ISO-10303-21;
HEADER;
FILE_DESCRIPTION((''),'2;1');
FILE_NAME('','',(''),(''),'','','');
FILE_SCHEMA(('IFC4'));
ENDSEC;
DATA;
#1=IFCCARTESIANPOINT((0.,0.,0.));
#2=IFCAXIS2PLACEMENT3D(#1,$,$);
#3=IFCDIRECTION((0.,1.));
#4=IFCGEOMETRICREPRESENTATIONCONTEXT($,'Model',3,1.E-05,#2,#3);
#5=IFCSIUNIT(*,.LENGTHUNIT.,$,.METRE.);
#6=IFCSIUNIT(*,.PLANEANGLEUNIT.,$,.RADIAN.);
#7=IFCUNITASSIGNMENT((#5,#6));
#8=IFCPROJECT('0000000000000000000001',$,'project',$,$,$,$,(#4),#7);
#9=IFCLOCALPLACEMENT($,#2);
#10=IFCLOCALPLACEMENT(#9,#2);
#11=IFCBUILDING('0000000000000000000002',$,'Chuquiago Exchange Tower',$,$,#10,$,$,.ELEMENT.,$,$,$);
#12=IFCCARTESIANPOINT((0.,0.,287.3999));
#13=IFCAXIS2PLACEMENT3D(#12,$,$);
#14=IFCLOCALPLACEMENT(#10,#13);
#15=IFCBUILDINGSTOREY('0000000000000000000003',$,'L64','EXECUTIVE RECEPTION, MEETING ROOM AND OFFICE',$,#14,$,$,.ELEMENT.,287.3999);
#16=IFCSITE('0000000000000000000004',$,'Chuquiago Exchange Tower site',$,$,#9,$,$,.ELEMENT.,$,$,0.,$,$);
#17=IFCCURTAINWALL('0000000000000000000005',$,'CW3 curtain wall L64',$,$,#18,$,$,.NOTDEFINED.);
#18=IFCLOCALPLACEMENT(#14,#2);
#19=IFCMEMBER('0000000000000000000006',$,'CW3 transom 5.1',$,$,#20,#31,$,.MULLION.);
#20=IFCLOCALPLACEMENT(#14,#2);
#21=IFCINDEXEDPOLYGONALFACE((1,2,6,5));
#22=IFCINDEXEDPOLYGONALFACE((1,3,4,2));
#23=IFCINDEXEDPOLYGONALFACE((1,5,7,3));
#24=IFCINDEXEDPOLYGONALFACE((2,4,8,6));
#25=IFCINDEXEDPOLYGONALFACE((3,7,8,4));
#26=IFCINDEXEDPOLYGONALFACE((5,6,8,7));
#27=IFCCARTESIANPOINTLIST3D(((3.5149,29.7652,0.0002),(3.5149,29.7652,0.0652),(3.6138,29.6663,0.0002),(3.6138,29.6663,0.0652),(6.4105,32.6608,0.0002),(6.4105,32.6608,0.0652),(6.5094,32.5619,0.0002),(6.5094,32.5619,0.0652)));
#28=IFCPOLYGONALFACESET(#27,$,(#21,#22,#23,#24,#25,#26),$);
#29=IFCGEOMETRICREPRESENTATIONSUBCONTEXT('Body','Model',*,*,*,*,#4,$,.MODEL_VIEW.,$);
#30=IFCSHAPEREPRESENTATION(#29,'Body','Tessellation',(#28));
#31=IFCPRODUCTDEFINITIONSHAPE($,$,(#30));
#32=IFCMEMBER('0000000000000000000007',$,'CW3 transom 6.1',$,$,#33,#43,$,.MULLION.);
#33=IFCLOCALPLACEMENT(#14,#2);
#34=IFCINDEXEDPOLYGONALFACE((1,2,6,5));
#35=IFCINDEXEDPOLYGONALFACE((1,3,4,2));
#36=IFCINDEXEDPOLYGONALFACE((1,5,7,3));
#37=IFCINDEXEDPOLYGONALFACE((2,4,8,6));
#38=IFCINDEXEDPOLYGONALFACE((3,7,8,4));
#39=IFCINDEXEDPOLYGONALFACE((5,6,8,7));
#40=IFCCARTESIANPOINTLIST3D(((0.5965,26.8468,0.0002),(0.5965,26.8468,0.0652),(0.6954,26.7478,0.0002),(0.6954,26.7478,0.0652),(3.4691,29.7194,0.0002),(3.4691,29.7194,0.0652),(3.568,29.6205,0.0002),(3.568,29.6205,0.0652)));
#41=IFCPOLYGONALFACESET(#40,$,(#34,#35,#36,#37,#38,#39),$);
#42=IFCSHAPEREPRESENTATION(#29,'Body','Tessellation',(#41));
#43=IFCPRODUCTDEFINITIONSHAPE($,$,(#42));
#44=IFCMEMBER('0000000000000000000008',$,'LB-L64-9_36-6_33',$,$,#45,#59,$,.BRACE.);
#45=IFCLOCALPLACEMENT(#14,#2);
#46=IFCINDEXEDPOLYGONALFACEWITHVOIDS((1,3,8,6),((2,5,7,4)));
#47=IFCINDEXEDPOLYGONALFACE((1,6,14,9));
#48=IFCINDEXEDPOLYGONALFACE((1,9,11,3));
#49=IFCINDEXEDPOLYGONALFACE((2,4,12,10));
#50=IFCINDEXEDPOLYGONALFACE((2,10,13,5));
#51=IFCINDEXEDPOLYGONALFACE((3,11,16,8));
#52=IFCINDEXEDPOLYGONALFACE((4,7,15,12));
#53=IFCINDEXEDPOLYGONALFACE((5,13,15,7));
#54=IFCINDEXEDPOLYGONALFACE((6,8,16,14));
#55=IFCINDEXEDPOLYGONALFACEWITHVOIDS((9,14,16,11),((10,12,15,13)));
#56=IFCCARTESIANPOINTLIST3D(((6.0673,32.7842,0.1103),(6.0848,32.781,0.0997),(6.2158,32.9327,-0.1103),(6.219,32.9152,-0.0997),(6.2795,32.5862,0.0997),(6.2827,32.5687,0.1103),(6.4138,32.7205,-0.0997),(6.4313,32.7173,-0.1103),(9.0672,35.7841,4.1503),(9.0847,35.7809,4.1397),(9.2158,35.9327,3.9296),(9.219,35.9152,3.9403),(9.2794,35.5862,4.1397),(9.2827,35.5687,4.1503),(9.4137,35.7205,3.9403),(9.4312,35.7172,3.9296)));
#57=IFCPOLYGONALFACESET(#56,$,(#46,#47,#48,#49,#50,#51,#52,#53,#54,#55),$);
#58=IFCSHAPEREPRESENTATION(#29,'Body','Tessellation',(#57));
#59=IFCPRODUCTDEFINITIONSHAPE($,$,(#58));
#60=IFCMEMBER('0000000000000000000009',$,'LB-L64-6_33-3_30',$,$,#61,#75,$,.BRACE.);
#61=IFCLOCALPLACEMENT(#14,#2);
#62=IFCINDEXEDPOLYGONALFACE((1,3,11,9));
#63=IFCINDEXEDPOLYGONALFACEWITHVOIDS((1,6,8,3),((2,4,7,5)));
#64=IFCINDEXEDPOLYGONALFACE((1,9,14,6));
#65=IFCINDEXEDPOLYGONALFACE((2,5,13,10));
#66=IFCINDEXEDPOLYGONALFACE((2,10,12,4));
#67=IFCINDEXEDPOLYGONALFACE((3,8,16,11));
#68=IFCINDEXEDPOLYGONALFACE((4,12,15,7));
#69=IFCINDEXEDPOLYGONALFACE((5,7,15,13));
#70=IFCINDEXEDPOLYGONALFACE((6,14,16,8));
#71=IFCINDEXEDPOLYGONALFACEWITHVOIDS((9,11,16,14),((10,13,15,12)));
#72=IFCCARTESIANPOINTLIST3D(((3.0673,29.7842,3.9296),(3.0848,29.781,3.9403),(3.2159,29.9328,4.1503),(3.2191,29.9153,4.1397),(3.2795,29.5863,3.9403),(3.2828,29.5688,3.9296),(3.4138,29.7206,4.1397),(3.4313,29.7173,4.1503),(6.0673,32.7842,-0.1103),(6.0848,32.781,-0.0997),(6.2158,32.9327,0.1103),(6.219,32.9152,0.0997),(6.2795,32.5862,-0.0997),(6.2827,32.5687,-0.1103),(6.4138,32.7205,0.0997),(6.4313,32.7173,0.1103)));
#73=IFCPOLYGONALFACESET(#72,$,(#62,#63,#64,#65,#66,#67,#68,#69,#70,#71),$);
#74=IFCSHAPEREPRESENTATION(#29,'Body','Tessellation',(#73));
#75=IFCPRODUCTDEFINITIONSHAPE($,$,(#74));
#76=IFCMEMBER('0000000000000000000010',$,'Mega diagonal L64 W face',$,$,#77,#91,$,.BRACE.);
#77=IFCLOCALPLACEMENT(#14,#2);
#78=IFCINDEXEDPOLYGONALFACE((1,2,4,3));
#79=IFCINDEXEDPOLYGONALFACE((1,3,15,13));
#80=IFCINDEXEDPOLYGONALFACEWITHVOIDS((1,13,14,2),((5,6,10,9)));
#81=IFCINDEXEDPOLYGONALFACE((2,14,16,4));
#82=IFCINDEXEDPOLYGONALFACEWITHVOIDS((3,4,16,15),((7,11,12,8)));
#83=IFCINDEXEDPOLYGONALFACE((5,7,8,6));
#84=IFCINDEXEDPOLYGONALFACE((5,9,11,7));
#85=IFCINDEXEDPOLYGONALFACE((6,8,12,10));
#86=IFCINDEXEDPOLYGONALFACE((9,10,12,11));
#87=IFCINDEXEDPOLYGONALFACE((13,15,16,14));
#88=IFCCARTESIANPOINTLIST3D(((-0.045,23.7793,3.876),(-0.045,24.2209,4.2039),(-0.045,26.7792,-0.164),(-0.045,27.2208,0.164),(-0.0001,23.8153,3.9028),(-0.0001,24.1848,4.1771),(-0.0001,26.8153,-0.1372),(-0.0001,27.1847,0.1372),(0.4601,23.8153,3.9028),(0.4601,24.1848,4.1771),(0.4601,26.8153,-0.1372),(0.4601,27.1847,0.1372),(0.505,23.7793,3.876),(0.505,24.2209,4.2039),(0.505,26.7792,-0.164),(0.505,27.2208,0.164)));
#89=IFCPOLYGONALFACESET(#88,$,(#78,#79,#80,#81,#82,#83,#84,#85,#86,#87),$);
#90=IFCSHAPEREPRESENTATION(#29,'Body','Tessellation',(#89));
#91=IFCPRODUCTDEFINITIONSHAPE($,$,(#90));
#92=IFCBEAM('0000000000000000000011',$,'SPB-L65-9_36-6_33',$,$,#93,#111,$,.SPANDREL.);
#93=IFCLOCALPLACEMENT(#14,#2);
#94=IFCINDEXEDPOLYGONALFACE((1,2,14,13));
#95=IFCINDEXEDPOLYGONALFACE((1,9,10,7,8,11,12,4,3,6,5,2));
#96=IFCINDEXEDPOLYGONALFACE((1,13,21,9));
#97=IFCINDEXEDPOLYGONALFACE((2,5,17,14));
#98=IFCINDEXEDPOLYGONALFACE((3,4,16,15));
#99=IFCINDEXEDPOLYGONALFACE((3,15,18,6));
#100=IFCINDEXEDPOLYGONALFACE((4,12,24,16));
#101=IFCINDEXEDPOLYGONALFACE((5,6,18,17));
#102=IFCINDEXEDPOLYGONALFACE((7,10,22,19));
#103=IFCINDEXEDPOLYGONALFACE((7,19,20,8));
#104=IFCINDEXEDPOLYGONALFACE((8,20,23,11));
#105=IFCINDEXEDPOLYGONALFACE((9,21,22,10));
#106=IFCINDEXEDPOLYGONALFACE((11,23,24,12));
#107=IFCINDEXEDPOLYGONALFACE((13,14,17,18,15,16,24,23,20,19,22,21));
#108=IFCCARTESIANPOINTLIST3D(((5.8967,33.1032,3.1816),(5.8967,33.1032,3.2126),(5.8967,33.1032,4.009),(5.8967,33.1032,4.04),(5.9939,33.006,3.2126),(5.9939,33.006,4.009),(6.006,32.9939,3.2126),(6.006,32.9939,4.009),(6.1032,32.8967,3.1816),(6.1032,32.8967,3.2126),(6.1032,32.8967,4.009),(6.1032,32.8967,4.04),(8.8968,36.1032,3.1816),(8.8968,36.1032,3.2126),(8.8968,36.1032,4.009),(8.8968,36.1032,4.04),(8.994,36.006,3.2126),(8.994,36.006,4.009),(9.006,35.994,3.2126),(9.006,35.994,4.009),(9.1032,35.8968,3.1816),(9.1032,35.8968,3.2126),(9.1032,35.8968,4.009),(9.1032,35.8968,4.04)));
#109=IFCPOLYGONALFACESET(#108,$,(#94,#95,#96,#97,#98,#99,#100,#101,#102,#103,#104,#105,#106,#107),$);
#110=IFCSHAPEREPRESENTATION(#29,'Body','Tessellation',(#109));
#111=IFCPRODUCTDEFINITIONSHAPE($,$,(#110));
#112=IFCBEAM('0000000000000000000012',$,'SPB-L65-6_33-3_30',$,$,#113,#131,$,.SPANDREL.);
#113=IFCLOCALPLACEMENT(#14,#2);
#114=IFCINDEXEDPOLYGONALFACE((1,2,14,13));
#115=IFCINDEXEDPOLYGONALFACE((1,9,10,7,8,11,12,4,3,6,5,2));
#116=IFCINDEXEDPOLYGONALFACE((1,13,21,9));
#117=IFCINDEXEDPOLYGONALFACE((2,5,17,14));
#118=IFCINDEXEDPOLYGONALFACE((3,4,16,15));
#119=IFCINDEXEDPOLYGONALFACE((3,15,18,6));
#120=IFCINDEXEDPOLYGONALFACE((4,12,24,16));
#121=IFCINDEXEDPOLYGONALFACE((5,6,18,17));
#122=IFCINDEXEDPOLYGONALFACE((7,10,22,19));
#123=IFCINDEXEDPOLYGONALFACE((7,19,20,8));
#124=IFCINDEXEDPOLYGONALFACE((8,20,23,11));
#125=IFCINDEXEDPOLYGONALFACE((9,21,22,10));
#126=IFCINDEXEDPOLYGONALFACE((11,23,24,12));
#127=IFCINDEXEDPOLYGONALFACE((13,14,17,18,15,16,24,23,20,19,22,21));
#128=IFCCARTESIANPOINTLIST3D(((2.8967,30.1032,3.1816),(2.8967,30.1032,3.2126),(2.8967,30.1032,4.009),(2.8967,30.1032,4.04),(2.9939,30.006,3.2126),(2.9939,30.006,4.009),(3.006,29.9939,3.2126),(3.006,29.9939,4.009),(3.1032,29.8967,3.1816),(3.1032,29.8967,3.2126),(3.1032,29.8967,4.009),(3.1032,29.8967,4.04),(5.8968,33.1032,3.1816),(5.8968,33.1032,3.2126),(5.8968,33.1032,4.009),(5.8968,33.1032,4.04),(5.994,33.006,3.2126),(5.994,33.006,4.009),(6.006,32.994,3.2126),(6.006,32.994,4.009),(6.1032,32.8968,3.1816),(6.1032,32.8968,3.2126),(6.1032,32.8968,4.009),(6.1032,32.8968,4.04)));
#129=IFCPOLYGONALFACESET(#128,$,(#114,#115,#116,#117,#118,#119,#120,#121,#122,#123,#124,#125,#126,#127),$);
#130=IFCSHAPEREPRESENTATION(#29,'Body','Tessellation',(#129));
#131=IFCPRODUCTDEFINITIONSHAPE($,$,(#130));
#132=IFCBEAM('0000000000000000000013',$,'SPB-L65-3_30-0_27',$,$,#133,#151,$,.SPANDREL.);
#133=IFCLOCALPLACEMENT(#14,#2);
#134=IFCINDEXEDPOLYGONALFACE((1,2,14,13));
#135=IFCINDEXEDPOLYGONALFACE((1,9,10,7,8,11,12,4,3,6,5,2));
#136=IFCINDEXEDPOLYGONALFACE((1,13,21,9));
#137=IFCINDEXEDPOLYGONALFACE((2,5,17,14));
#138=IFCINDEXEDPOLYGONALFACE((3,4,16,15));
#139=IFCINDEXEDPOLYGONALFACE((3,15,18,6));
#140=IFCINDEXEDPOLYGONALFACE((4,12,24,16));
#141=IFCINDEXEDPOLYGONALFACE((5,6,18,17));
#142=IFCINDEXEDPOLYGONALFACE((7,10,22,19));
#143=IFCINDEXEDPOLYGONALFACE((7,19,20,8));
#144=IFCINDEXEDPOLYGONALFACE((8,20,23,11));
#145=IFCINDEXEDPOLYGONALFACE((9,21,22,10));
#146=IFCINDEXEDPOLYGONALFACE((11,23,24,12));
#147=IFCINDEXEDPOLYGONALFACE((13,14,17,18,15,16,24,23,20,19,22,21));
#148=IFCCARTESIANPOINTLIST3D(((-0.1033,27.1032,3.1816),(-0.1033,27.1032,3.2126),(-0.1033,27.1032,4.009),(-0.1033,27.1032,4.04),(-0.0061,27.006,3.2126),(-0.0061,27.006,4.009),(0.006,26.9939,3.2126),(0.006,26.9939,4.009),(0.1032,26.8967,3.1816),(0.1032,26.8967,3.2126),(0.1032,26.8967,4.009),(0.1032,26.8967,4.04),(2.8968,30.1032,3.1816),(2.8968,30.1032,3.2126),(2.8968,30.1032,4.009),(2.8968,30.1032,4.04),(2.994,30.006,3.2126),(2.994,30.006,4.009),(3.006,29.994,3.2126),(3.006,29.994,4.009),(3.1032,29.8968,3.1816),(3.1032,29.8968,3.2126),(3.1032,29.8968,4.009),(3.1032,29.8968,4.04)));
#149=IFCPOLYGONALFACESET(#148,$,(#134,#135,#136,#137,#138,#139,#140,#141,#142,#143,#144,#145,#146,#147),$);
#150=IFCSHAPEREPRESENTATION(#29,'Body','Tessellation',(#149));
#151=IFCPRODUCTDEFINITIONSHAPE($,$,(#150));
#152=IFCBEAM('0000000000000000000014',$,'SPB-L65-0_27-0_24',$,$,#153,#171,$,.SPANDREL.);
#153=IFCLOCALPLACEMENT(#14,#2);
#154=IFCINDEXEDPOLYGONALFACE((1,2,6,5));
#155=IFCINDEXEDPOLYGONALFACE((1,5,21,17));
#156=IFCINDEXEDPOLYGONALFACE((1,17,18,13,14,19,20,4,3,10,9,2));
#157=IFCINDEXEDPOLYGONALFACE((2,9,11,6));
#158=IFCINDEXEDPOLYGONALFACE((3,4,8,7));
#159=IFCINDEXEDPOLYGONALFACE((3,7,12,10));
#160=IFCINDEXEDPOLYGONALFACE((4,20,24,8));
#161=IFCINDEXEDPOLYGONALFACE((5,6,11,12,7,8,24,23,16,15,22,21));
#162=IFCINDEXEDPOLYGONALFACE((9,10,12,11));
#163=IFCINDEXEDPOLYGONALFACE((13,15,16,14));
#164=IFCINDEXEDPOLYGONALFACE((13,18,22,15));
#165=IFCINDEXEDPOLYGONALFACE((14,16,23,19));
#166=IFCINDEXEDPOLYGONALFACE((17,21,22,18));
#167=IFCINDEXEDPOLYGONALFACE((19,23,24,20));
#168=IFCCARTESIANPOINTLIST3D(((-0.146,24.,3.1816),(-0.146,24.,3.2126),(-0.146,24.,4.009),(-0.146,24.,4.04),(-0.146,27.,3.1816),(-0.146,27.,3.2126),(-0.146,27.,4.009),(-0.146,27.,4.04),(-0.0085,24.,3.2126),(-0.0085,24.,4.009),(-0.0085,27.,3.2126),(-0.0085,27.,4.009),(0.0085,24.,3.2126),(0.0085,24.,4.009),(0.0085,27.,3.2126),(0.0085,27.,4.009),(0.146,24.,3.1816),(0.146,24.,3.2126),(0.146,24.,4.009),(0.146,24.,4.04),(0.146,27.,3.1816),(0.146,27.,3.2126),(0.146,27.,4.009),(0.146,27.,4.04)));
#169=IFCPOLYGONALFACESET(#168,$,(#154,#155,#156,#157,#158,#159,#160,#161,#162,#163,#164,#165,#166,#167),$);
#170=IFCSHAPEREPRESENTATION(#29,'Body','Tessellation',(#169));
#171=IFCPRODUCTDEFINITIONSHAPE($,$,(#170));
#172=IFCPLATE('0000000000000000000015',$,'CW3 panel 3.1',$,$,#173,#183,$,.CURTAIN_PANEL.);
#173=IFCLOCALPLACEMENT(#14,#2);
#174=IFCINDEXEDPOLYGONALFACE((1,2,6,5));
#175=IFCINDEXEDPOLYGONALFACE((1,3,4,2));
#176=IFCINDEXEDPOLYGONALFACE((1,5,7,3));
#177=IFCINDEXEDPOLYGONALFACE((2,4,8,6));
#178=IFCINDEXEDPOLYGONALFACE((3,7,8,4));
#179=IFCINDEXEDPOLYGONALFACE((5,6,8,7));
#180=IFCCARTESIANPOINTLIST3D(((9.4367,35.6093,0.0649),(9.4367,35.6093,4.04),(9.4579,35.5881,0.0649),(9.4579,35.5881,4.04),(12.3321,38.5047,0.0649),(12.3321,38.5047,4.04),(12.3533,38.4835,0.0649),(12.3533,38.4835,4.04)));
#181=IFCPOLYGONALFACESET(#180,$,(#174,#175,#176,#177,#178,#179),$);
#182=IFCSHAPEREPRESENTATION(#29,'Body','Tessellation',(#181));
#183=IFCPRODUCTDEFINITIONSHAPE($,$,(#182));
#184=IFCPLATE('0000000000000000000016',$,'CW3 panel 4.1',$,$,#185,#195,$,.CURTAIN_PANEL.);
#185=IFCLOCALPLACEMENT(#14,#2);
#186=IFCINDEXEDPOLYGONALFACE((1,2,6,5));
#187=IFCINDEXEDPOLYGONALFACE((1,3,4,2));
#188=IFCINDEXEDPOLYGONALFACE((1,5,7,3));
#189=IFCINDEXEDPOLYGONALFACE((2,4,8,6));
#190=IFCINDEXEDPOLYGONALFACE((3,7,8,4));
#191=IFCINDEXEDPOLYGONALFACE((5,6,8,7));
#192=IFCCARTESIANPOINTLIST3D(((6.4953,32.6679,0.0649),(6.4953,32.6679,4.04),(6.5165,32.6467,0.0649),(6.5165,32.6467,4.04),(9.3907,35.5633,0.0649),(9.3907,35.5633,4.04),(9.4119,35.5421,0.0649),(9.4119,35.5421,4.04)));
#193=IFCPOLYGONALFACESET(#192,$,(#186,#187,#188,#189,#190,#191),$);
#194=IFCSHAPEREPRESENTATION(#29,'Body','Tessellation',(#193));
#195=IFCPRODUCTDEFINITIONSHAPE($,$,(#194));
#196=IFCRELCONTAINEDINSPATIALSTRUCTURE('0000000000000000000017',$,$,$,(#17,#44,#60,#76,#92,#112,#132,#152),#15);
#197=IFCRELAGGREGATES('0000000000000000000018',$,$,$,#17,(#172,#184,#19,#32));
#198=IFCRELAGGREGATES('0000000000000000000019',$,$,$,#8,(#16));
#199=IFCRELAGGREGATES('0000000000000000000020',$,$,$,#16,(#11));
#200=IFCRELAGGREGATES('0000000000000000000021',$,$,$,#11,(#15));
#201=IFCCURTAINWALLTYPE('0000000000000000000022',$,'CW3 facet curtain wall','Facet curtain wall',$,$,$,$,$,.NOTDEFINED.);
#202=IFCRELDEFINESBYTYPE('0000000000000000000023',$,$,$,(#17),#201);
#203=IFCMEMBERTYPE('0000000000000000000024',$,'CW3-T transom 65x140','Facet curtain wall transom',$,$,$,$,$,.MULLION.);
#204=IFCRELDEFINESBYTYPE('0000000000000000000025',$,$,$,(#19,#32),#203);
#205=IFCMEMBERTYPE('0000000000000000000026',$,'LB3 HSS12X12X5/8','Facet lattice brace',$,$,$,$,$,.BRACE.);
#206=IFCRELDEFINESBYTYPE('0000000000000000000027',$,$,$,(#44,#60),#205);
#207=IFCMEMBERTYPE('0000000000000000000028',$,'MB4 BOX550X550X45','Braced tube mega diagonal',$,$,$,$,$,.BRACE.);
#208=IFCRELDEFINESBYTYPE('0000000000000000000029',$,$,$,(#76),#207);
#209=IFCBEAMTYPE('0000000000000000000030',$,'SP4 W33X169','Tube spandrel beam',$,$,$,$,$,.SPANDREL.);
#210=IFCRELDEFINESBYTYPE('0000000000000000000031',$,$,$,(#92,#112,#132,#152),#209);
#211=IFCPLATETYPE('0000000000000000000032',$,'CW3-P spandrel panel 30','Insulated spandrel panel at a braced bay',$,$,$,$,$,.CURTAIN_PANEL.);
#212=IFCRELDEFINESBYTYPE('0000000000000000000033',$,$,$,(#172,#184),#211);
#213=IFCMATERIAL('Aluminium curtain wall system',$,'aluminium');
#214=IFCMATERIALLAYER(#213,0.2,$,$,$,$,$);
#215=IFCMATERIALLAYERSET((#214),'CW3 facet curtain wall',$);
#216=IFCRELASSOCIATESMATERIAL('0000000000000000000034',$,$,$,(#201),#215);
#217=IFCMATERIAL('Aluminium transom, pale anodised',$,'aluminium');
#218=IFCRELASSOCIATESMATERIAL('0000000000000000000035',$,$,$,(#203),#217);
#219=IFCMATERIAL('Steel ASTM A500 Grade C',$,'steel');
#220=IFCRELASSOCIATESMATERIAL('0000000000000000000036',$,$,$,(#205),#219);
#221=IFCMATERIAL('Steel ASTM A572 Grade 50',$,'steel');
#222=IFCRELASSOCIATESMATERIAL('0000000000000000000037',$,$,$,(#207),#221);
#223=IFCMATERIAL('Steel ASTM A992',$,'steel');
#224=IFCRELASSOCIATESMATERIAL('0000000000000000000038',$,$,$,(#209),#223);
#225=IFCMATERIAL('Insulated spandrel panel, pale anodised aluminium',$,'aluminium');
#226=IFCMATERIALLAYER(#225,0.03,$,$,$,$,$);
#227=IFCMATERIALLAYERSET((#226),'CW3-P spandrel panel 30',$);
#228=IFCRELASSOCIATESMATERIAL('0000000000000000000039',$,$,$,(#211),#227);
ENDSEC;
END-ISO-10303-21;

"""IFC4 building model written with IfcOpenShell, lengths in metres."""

from ifc_helpers import new_model, si_unit, direction, frame, origin, origin_2d, place, context, subcontext, project, spatial, rectangle, hollow_rectangle, i_section, extrude, material, layer, layer_set, material_profile, profile_set, type_object, element, aggregate, save


model = new_model("IFC4")

# Units and contexts
model_context = context("Model", 3, precision=1e-05, world=origin(), true_north=direction((0.0, 1.0)))
body_context = subcontext(model_context, "Body", "Model", "MODEL_VIEW")
ifc_project = project(units=[si_unit("LENGTHUNIT", "METRE"), si_unit("PLANEANGLEUNIT", "RADIAN")], contexts=[model_context])

# Site, building, storey
site_placement = place(None, origin())
site = spatial("IfcSite", under=ifc_project, at=site_placement, Name="Chuquiago Exchange Tower site", CompositionType="ELEMENT", RefElevation=0.0)
building_placement = place(site_placement, origin())
building = spatial("IfcBuilding", under=site, at=building_placement, Name="Chuquiago Exchange Tower", CompositionType="ELEMENT")
storey_placement = place(building_placement, frame((0.0, 0.0, 287.3999)))
storey = spatial("IfcBuildingStorey", under=building, at=storey_placement, Name="L64", Description="EXECUTIVE RECEPTION, MEETING ROOM AND OFFICE", CompositionType="ELEMENT", Elevation=287.3999)

# Curtain wall, members
ifc_material_1 = material(Name="Aluminium curtain wall system", Category="aluminium")
ifc_layer_1 = layer(ifc_material_1, 0.2)
ifc_layer_set_1 = layer_set([ifc_layer_1], Name="CW3 facet curtain wall")
curtain_wall_type = type_object("IfcCurtainWallType", Name="CW3 facet curtain wall", Description="Facet curtain wall", PredefinedType="NOTDEFINED", material=ifc_layer_set_1)
curtain_wall_placement = place(storey_placement, origin())
curtain_wall = element("IfcCurtainWall", 1, at=curtain_wall_placement, inside=storey, type_object=curtain_wall_type, Name="CW3 curtain wall L64", PredefinedType="NOTDEFINED")
ifc_material_2 = material(Name="Aluminium transom, pale anodised", Category="aluminium")
ifc_material_profile_1 = material_profile(ifc_material_2, rectangle(XDim=0.1399, YDim=0.0649, at=origin_2d()), Name="AL 140x65")
ifc_profile_set_1 = profile_set([ifc_material_profile_1], Name="Aluminium transom, pale anodised")
member_type_1 = type_object("IfcMemberType", Name="CW3-T transom 65x140", Description="Facet curtain wall transom", PredefinedType="MULLION", material=ifc_profile_set_1)
member_1_placement = place(storey_placement, frame((6.46, 32.6113, 0.0327), z_axis=(-0.707107, -0.707107, 0.0), x_axis=(0.707107, -0.707107, 0.0)))
member_1 = element("IfcMember", 2, at=member_1_placement, type_object=member_type_1, Name="CW3 transom 5.1", PredefinedType="MULLION", context=body_context, shape_type="SweptSolid", body=[
    extrude(rectangle(XDim=0.1399, YDim=0.0649, at=origin_2d()), origin(), (0.0, 0.0, 1.0), 4.095),
])
member_2_placement = place(storey_placement, frame((3.5186, 29.6699, 0.0327), z_axis=(-0.707107, -0.707107, 0.0), x_axis=(0.707107, -0.707107, 0.0)))
member_2 = element("IfcMember", 3, at=member_2_placement, type_object=member_type_1, Name="CW3 transom 6.1", PredefinedType="MULLION", context=body_context, shape_type="SweptSolid", body=[
    extrude(rectangle(XDim=0.1399, YDim=0.0649, at=origin_2d()), origin(), (0.0, 0.0, 1.0), 4.0625),
])

# Members
ifc_material_3 = material(Name="Steel ASTM A500 Grade C", Category="steel")
ifc_material_profile_2 = material_profile(ifc_material_3, hollow_rectangle(XDim=0.3047, YDim=0.3047, WallThickness=0.0146, at=origin_2d()), Name="HSS12X12X5/8")
ifc_profile_set_2 = profile_set([ifc_material_profile_2], Name="Steel ASTM A500 Grade C")
member_type_2 = type_object("IfcMemberType", Name="LB3 HSS12X12X5/8", Description="Facet lattice brace", PredefinedType="BRACE", material=ifc_profile_set_2)
for number, where, z_axis, x_axis, name in (
    (4, (6.2493, 32.7507, 0.0), (0.512077, 0.512077, 0.689604), (-0.707107, 0.707107, 0.0), "LB-L64-9_36-6_33"),
    (5, (6.2493, 32.7507, 0.0), (-0.512077, -0.512077, 0.689604), (0.707107, -0.707107, 0.0), "LB-L64-6_33-3_30"),
):
    element("IfcMember", number, at=place(storey_placement, frame(where, z_axis=z_axis, x_axis=x_axis)), inside=storey, type_object=member_type_2, Name=name, PredefinedType="BRACE", context=body_context, shape_type="SweptSolid", body=[
        extrude(hollow_rectangle(XDim=0.3047, YDim=0.3047, WallThickness=0.0146, at=origin_2d()), origin(), (0.0, 0.0, 1.0), 5.8584),
    ])
ifc_material_4 = material(Name="Steel ASTM A572 Grade 50", Category="steel")
ifc_material_profile_3 = material_profile(ifc_material_4, hollow_rectangle(XDim=0.55, YDim=0.55, WallThickness=0.0449, at=origin_2d()), Name="BOX550X550X45")
ifc_profile_set_3 = profile_set([ifc_material_profile_3], Name="Steel ASTM A572 Grade 50")
member_type_3 = type_object("IfcMemberType", Name="MB4 BOX550X550X45", Description="Braced tube mega diagonal", PredefinedType="BRACE", material=ifc_profile_set_3)
member_3_placement = place(storey_placement, frame((0.23, 27.0, 0.0), z_axis=(0.0, -0.596174, 0.802855), x_axis=(1.0, 0.0, 0.0)))
element("IfcMember", 6, at=member_3_placement, inside=storey, type_object=member_type_3, Name="Mega diagonal L64 W face", PredefinedType="BRACE", context=body_context, shape_type="SweptSolid", body=[
    extrude(hollow_rectangle(XDim=0.55, YDim=0.55, WallThickness=0.0449, at=origin_2d()), origin(), (0.0, 0.0, 1.0), 5.032),
])

# Beams
ifc_material_5 = material(Name="Steel ASTM A992", Category="steel")
ifc_material_profile_4 = material_profile(ifc_material_5, i_section(OverallWidth=0.292, OverallDepth=0.8584, WebThickness=0.0171, FlangeThickness=0.031, at=origin_2d()), Name="W33X169")
ifc_profile_set_4 = profile_set([ifc_material_profile_4], Name="Steel ASTM A992")
beam_type_1 = type_object("IfcBeamType", Name="SP4 W33X169", Description="Tube spandrel beam", PredefinedType="SPANDREL", material=ifc_profile_set_4)
for number, where, z_axis, x_axis, name in (
    (7, (9.0, 36.0, 3.6108), (-0.707107, -0.707107, 0.0), (0.707107, -0.707107, 0.0), "SPB-L65-9_36-6_33"),
    (8, (6.0, 33.0, 3.6108), (-0.707107, -0.707107, 0.0), (0.707107, -0.707107, 0.0), "SPB-L65-6_33-3_30"),
    (9, (3.0, 30.0, 3.6108), (-0.707107, -0.707107, 0.0), (0.707107, -0.707107, 0.0), "SPB-L65-3_30-0_27"),
):
    element("IfcBeam", number, at=place(storey_placement, frame(where, z_axis=z_axis, x_axis=x_axis)), inside=storey, type_object=beam_type_1, Name=name, PredefinedType="SPANDREL", context=body_context, shape_type="SweptSolid", body=[
        extrude(i_section(OverallWidth=0.292, OverallDepth=0.8584, WebThickness=0.0171, FlangeThickness=0.031, at=origin_2d()), origin(), (0.0, 0.0, 1.0), 4.2427),
    ])
beam_1_placement = place(storey_placement, frame((0.0, 27.0, 3.6108), z_axis=(0.0, -1.0, 0.0), x_axis=(1.0, 0.0, 0.0)))
element("IfcBeam", 10, at=beam_1_placement, inside=storey, type_object=beam_type_1, Name="SPB-L65-0_27-0_24", PredefinedType="SPANDREL", context=body_context, shape_type="SweptSolid", body=[
    extrude(i_section(OverallWidth=0.292, OverallDepth=0.8584, WebThickness=0.0171, FlangeThickness=0.031, at=origin_2d()), origin(), (0.0, 0.0, 1.0), 3.0),
])

# Plates
ifc_material_6 = material(Name="Insulated spandrel panel, pale anodised aluminium", Category="aluminium")
ifc_layer_2 = layer(ifc_material_6, 0.03)
ifc_layer_set_2 = layer_set([ifc_layer_2], Name="CW3-P spandrel panel 30")
plate_type = type_object("IfcPlateType", Name="CW3-P spandrel panel 30", Description="Insulated spandrel panel at a braced bay", PredefinedType="CURTAIN_PANEL", material=ifc_layer_set_2)
plate_1_placement = place(storey_placement, frame((10.895, 37.0464, 0.0649), z_axis=(0.0, 0.0, 1.0), x_axis=(-0.707107, -0.707107, 0.0)))
plate_1 = element("IfcPlate", 11, at=plate_1_placement, type_object=plate_type, Name="CW3 panel 3.1", PredefinedType="CURTAIN_PANEL", context=body_context, shape_type="SweptSolid", body=[
    extrude(rectangle(XDim=4.0947, YDim=0.03, at=origin_2d()), origin(), (0.0, 0.0, 1.0), 3.9751),
])
plate_2_placement = place(storey_placement, frame((7.9536, 34.105, 0.0649), z_axis=(0.0, 0.0, 1.0), x_axis=(-0.707107, -0.707107, 0.0)))
plate_2 = element("IfcPlate", 12, at=plate_2_placement, type_object=plate_type, Name="CW3 panel 4.1", PredefinedType="CURTAIN_PANEL", context=body_context, shape_type="SweptSolid", body=[
    extrude(rectangle(XDim=4.0947, YDim=0.03, at=origin_2d()), origin(), (0.0, 0.0, 1.0), 3.9751),
])
aggregate(curtain_wall, [plate_1, plate_2, member_1, member_2])

save(model, "model.ifc")
